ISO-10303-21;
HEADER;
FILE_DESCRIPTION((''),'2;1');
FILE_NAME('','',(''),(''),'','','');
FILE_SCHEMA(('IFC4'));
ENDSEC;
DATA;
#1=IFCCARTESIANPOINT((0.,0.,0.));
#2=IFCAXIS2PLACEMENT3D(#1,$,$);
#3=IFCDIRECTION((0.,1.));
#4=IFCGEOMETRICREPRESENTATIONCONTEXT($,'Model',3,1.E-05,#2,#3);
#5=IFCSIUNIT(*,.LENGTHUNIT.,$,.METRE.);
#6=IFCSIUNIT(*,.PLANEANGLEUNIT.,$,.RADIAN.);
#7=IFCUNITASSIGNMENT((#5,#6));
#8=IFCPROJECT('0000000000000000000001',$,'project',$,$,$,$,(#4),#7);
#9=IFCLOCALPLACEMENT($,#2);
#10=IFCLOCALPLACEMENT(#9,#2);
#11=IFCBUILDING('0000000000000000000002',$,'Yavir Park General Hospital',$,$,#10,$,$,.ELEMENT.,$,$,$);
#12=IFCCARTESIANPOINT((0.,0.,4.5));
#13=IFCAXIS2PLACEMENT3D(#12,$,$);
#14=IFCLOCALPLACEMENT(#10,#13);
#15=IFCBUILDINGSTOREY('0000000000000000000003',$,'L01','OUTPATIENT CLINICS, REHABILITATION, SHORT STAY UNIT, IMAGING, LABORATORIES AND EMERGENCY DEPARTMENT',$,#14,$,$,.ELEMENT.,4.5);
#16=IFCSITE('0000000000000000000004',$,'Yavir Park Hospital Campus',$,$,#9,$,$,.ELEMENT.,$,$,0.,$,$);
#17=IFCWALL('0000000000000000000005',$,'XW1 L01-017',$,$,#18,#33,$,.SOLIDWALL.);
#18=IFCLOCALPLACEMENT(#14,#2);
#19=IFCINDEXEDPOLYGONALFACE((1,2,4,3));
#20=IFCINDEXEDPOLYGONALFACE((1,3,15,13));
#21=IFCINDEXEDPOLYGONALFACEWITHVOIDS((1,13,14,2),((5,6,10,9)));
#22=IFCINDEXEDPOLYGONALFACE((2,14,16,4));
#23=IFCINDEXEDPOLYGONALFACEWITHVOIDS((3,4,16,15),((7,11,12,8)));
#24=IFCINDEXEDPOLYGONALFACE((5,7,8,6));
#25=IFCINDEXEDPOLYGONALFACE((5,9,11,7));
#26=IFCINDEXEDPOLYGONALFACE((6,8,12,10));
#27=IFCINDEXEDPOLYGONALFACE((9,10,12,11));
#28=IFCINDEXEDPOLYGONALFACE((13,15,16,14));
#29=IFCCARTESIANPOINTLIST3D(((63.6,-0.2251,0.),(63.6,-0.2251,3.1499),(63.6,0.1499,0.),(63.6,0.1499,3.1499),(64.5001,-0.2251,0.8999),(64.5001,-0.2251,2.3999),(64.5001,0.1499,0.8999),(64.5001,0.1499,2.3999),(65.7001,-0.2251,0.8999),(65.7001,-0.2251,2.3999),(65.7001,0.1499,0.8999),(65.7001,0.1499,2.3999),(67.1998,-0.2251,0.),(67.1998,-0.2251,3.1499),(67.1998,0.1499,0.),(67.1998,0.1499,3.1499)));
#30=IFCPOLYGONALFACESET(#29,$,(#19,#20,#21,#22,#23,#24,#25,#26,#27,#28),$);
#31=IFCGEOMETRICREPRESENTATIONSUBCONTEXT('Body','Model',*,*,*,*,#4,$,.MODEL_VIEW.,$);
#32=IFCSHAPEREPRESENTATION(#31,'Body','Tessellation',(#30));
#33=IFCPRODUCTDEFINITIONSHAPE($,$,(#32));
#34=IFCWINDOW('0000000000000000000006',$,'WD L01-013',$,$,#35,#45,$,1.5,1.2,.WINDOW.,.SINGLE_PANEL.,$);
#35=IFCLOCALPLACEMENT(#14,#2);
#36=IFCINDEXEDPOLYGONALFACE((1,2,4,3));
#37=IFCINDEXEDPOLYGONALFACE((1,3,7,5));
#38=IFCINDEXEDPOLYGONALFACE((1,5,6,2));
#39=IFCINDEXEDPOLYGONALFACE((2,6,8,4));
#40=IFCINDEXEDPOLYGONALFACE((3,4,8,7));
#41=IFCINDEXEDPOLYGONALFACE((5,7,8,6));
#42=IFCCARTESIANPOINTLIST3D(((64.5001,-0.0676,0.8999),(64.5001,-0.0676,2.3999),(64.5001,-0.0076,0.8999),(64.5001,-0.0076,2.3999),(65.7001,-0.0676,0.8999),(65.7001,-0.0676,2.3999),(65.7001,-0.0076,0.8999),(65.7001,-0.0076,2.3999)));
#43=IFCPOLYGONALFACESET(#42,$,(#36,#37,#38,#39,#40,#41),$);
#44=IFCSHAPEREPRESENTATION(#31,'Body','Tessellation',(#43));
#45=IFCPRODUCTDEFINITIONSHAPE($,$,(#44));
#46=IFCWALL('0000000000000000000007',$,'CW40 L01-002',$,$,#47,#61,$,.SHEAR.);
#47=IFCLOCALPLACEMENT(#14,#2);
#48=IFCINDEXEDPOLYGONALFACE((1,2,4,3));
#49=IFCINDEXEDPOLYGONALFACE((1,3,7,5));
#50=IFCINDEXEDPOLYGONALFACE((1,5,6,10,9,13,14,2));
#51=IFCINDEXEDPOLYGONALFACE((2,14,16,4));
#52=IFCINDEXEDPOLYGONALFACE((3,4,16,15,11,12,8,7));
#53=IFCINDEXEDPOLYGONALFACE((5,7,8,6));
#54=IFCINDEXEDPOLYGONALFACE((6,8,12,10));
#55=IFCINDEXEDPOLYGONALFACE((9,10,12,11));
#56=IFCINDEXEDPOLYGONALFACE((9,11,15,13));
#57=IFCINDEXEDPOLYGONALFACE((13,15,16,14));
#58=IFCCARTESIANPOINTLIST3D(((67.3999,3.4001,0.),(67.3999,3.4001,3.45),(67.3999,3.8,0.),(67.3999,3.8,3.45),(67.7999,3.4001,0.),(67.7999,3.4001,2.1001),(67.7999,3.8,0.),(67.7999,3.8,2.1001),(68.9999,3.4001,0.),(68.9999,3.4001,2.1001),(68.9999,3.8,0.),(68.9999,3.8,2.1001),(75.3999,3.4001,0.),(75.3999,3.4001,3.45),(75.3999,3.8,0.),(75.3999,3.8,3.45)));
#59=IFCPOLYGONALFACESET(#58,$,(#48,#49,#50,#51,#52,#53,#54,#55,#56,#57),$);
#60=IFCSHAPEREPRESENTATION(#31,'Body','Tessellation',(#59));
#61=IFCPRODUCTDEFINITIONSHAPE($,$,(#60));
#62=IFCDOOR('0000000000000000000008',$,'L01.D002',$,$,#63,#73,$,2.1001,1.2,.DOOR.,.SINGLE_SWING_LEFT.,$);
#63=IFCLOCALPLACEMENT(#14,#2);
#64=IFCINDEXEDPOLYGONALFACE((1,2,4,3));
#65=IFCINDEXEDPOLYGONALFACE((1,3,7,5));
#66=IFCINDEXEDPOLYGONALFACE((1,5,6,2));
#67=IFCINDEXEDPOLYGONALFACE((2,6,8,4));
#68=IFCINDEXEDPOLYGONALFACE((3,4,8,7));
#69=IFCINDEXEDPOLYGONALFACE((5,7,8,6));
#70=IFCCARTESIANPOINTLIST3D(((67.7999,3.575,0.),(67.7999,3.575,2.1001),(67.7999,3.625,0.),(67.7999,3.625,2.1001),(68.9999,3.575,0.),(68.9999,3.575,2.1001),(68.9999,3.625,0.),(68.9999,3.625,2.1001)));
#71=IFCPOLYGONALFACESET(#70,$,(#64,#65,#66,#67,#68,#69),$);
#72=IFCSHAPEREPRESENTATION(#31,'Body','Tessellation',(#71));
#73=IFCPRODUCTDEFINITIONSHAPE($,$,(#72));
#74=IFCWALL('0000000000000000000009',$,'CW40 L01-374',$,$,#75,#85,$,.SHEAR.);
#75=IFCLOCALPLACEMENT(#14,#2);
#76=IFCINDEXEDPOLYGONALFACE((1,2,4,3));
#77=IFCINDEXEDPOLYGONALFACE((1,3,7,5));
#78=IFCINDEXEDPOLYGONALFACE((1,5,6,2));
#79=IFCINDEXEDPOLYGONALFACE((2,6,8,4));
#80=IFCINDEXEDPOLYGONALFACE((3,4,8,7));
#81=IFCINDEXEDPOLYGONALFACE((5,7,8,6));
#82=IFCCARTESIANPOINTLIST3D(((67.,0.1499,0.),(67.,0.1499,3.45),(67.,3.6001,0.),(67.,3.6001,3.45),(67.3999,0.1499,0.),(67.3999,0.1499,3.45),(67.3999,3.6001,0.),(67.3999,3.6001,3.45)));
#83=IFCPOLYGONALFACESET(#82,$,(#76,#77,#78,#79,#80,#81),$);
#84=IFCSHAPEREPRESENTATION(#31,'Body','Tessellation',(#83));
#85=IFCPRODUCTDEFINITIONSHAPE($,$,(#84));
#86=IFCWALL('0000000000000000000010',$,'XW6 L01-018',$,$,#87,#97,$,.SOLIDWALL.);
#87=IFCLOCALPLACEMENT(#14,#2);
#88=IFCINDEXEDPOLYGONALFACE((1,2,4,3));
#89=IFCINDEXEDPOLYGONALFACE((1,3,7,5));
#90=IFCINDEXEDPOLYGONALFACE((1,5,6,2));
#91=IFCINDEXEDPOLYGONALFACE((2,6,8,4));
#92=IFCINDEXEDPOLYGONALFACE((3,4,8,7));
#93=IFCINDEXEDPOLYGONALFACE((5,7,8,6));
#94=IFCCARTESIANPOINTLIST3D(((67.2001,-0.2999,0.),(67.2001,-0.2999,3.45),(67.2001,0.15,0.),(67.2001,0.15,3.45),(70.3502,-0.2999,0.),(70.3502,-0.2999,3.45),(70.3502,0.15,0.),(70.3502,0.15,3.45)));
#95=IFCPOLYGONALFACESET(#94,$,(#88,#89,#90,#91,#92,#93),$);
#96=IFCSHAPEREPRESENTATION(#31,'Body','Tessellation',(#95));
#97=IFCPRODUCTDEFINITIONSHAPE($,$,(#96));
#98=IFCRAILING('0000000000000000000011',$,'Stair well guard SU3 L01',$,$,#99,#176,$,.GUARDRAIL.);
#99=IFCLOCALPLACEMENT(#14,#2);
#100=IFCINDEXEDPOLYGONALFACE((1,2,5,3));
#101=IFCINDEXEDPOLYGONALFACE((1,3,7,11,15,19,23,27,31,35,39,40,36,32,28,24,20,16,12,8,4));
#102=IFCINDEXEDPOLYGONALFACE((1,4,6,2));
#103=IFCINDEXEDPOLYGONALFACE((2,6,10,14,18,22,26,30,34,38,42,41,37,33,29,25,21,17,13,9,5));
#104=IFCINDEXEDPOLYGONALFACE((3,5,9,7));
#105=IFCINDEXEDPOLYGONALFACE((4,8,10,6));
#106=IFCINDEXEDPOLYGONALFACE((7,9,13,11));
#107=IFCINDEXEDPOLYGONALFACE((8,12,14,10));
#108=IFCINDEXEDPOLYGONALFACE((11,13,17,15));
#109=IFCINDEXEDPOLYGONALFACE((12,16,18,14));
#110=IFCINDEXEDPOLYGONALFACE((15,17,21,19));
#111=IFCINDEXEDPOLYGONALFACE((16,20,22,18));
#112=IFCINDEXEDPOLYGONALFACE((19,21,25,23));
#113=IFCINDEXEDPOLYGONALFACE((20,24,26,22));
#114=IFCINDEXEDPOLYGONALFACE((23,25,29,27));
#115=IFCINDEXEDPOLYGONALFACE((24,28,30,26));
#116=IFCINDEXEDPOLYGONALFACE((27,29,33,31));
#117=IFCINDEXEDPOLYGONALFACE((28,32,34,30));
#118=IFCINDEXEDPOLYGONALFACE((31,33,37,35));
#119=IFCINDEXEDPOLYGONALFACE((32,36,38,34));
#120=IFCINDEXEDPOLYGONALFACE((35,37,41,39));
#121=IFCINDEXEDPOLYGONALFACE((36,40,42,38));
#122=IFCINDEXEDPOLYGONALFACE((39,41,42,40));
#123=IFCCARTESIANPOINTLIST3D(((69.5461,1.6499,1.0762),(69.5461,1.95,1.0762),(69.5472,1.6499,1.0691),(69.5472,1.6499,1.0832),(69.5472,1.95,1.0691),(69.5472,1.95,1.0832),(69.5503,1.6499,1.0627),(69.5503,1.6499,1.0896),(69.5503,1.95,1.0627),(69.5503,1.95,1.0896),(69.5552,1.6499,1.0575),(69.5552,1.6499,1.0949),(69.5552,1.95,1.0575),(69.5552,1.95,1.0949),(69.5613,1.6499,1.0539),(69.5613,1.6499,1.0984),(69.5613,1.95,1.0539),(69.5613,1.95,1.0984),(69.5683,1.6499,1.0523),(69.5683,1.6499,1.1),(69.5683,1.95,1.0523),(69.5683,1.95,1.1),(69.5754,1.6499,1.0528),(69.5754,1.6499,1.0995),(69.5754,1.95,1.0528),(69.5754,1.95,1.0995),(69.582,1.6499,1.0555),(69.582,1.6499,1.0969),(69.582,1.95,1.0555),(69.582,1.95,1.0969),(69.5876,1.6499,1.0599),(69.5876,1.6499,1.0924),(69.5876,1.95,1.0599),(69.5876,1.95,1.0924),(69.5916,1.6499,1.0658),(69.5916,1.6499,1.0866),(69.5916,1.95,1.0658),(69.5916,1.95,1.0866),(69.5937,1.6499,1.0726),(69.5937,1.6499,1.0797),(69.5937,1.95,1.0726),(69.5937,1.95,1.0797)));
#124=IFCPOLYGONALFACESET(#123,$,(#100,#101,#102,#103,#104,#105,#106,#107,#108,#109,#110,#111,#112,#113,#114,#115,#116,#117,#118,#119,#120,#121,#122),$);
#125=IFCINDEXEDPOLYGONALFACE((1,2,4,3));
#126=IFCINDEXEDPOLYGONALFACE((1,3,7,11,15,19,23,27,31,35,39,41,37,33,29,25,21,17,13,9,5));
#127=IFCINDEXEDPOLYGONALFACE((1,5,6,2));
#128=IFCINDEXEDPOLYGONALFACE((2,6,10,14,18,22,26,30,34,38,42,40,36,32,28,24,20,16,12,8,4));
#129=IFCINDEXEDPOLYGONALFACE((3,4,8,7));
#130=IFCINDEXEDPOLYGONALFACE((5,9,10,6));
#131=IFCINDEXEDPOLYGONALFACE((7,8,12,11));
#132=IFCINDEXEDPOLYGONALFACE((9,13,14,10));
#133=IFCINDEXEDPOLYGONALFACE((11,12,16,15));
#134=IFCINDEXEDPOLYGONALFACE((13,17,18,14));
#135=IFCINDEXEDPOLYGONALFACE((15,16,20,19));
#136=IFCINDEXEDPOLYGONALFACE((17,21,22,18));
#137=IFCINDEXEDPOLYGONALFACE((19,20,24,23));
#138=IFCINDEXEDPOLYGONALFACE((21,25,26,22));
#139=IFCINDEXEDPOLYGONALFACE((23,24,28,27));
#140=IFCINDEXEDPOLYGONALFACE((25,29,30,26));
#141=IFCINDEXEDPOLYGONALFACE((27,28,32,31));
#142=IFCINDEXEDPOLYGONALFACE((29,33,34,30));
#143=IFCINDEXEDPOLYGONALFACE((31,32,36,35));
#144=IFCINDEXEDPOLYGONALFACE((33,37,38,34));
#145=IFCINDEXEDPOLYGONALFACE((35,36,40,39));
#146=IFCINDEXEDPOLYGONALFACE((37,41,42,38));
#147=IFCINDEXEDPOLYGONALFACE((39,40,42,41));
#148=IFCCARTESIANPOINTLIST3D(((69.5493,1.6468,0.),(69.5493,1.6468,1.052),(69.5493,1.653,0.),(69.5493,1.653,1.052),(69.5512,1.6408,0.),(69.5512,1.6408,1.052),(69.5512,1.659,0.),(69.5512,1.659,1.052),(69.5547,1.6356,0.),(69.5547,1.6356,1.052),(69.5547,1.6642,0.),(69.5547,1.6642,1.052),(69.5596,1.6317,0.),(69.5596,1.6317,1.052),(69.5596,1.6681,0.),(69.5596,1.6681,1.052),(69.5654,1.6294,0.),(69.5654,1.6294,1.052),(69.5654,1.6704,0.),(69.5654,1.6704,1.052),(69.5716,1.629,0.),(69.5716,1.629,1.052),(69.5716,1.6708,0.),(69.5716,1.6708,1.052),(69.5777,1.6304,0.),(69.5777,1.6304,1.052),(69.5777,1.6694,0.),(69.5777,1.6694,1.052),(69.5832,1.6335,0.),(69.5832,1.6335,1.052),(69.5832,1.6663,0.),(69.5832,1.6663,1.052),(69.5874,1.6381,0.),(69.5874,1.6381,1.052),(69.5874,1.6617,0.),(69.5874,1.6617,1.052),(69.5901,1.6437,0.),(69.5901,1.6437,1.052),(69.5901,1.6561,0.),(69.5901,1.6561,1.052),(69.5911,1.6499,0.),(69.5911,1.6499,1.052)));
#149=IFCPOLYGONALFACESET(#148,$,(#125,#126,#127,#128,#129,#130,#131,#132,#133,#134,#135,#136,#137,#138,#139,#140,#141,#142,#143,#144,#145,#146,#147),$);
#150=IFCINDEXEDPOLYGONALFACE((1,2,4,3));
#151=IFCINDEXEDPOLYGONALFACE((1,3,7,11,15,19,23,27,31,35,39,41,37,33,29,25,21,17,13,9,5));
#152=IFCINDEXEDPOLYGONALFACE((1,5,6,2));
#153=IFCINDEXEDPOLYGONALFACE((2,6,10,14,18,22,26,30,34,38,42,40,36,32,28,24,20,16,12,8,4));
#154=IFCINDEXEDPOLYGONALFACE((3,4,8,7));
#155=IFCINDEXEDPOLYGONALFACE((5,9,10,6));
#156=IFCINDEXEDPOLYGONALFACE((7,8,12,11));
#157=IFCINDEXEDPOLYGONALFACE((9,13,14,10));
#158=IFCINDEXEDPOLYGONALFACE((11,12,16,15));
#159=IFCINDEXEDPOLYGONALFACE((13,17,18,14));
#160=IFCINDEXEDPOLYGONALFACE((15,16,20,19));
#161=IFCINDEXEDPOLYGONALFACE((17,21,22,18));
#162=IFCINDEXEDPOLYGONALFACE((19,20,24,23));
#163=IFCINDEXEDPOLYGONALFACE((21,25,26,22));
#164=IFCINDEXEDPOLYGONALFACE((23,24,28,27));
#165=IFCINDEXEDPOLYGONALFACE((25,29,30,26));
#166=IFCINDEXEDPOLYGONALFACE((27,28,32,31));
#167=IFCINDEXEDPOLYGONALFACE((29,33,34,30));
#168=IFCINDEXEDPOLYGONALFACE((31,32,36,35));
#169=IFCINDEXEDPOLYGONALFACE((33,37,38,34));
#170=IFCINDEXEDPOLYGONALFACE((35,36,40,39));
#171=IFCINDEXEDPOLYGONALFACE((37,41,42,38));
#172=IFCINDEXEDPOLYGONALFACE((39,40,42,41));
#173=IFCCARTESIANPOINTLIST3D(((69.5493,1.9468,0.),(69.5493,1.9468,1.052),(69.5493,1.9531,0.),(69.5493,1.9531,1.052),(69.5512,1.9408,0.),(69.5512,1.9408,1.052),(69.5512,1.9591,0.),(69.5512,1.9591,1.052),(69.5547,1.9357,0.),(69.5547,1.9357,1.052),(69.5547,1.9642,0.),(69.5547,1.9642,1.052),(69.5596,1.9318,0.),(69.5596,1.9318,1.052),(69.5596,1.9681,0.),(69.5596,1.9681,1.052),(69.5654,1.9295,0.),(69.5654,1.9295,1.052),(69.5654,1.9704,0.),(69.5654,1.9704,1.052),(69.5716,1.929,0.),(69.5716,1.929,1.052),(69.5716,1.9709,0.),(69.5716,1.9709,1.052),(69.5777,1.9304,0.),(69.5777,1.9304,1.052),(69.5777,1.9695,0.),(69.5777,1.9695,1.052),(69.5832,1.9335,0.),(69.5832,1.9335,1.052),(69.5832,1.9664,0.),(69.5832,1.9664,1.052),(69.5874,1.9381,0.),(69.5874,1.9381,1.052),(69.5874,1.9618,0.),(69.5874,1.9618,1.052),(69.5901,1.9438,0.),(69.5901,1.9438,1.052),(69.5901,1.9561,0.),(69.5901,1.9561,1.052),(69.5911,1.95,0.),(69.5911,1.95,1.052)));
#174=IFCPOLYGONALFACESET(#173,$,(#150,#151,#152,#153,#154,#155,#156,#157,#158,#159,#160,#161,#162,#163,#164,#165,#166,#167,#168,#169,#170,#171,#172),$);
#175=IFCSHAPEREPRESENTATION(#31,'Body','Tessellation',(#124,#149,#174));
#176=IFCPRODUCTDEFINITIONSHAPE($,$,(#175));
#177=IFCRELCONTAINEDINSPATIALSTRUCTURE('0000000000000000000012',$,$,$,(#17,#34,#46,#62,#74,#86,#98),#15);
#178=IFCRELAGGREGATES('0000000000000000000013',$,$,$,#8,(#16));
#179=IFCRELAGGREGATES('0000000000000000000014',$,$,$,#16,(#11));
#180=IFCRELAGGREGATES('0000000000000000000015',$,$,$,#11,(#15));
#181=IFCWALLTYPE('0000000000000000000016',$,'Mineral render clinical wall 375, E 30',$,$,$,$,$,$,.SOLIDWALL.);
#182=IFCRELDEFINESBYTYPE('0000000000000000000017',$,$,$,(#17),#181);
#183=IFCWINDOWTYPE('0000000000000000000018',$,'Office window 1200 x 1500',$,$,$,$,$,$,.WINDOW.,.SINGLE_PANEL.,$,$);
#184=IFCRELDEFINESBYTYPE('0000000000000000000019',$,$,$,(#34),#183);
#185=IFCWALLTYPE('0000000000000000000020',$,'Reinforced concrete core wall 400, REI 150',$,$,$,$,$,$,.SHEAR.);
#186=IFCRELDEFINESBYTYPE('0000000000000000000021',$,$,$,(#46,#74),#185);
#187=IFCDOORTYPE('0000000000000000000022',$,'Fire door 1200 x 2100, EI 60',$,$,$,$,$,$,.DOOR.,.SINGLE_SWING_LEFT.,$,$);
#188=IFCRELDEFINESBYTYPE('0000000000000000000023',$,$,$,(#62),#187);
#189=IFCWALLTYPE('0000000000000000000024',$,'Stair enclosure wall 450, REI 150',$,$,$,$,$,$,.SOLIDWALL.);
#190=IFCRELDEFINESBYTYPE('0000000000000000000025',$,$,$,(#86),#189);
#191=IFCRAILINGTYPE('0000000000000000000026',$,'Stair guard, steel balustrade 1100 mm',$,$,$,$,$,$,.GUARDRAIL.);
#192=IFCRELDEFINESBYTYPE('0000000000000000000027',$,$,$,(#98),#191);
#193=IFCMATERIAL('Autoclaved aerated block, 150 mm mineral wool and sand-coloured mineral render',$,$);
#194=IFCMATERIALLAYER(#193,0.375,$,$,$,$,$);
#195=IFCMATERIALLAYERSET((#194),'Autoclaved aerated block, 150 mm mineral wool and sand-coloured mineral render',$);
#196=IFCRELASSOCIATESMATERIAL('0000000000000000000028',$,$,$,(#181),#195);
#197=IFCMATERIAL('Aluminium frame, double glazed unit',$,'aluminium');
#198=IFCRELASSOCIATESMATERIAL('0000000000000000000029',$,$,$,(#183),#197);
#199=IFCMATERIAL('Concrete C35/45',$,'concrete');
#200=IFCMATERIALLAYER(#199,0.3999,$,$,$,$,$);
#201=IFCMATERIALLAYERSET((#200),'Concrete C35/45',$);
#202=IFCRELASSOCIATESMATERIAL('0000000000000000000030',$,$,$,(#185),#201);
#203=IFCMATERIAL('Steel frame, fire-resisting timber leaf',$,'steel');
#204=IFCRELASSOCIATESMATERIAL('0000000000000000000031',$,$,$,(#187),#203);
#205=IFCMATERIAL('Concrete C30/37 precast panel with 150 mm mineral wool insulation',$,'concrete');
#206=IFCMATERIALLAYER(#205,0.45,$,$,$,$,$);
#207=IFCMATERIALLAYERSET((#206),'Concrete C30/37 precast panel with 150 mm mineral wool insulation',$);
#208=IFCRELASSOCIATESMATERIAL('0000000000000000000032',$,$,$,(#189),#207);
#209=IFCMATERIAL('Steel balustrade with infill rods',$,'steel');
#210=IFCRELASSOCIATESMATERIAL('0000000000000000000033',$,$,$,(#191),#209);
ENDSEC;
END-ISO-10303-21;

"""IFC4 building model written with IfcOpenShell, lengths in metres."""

from ifc_helpers import new_model, si_unit, direction, frame, frame_2d, origin, origin_2d, place, context, subcontext, project, spatial, rectangle, circle, extrude, material, layer, layer_set, type_object, element, fill, save


model = new_model("IFC4")

# Units and contexts
model_context = context("Model", 3, precision=1e-05, world=origin(), true_north=direction((0.0, 1.0)))
body_context = subcontext(model_context, "Body", "Model", "MODEL_VIEW")
ifc_project = project(units=[si_unit("LENGTHUNIT", "METRE"), si_unit("PLANEANGLEUNIT", "RADIAN")], contexts=[model_context])

# Site, building, storey
site_placement = place(None, origin())
site = spatial("IfcSite", under=ifc_project, at=site_placement, Name="Yavir Park Hospital Campus", CompositionType="ELEMENT", RefElevation=0.0)
building_placement = place(site_placement, origin())
building = spatial("IfcBuilding", under=site, at=building_placement, Name="Yavir Park General Hospital", CompositionType="ELEMENT")
storey_placement = place(building_placement, frame((0.0, 0.0, 4.5)))
storey = spatial("IfcBuildingStorey", under=building, at=storey_placement, Name="L01", Description="OUTPATIENT CLINICS, REHABILITATION, SHORT STAY UNIT, IMAGING, LABORATORIES AND EMERGENCY DEPARTMENT", CompositionType="ELEMENT", Elevation=4.5)

# Wall, opening, window
ifc_material_1 = material(Name="Autoclaved aerated block, 150 mm mineral wool and sand-coloured mineral render")
ifc_layer_1 = layer(ifc_material_1, 0.375)
ifc_layer_set_1 = layer_set([ifc_layer_1], Name="Autoclaved aerated block, 150 mm mineral wool and sand-coloured mineral render")
wall_type_1 = type_object("IfcWallType", Name="Mineral render clinical wall 375, E 30", PredefinedType="SOLIDWALL", material=ifc_layer_set_1)
ifc_material_2 = material(Name="Aluminium frame, double glazed unit", Category="aluminium")
window_type_1 = type_object("IfcWindowType", Name="Office window 1200 x 1500", PartitioningType="SINGLE_PANEL", PredefinedType="WINDOW", material=ifc_material_2)
wall_1_placement = place(storey_placement, frame((63.6001, -0.0376, 0.0), z_axis=(0.0, 0.0, 1.0), x_axis=(1.0, 0.0, 0.0)))
wall_1 = element("IfcWall", 1, at=wall_1_placement, inside=storey, type_object=wall_type_1, Name="XW1 L01-017", PredefinedType="SOLIDWALL", context=body_context, shape_type="SweptSolid", body=[
    extrude(rectangle(XDim=3.5999, YDim=0.375, at=frame_2d((1.7998, 0.0))), origin(), (0.0, 0.0, 1.0), 3.1499),
])
opening_1_placement = place(wall_1_placement, frame((0.8999, 0.0, 0.8999)))
opening_1 = element("IfcOpeningElement", 2, at=opening_1_placement, cuts=wall_1, PredefinedType="OPENING", context=body_context, shape_type="SweptSolid", body=[
    extrude(rectangle(XDim=1.2, YDim=1.5, at=frame_2d((0.6001, 0.75))), frame((0.0, 0.1975, 0.0), z_axis=(0.0, -1.0, 0.0), x_axis=(1.0, 0.0, 0.0)), (0.0, 0.0, 1.0), 0.395),
])
window_1_placement = place(opening_1_placement, origin())
window_1 = element("IfcWindow", 3, at=window_1_placement, inside=storey, type_object=window_type_1, Name="WD L01-013", OverallHeight=1.5, OverallWidth=1.2, PartitioningType="SINGLE_PANEL", PredefinedType="WINDOW", context=body_context, shape_type="SweptSolid", body=[
    extrude(rectangle(XDim=1.2, YDim=1.5, at=frame_2d((0.6001, 0.75))), frame((0.0, 0.03, 0.0), z_axis=(0.0, -1.0, 0.0), x_axis=(1.0, 0.0, 0.0)), (0.0, 0.0, 1.0), 0.0601),
])
fill(opening_1, window_1)

# Wall, opening, door
ifc_material_3 = material(Name="Concrete C35/45", Category="concrete")
ifc_layer_2 = layer(ifc_material_3, 0.3999)
ifc_layer_set_2 = layer_set([ifc_layer_2], Name="Concrete C35/45")
wall_type_2 = type_object("IfcWallType", Name="Reinforced concrete core wall 400, REI 150", PredefinedType="SHEAR", material=ifc_layer_set_2)
wall_2_placement = place(storey_placement, frame((67.3999, 3.6001, 0.0), z_axis=(0.0, 0.0, 1.0), x_axis=(1.0, 0.0, 0.0)))
wall_2 = element("IfcWall", 4, at=wall_2_placement, inside=storey, type_object=wall_type_2, Name="CW40 L01-002", PredefinedType="SHEAR", context=body_context, shape_type="SweptSolid", body=[
    extrude(rectangle(XDim=8.0, YDim=0.3999, at=frame_2d((4.0, 0.0))), origin(), (0.0, 0.0, 1.0), 3.45),
])
opening_2_placement = place(wall_2_placement, frame((0.3999, 0.0, 0.0)))
opening_2 = element("IfcOpeningElement", 5, at=opening_2_placement, cuts=wall_2, PredefinedType="OPENING", context=body_context, shape_type="SweptSolid", body=[
    extrude(rectangle(XDim=1.2, YDim=2.1001, at=frame_2d((0.6001, 1.05))), frame((0.0, 0.21, 0.0), z_axis=(0.0, -1.0, 0.0), x_axis=(1.0, 0.0, 0.0)), (0.0, 0.0, 1.0), 0.4199),
])
ifc_material_4 = material(Name="Steel frame, fire-resisting timber leaf", Category="steel")
door_type_1 = type_object("IfcDoorType", Name="Fire door 1200 x 2100, EI 60", OperationType="SINGLE_SWING_LEFT", PredefinedType="DOOR", material=ifc_material_4)
door_1_placement = place(opening_2_placement, origin())
door_1 = element("IfcDoor", 6, at=door_1_placement, inside=storey, type_object=door_type_1, Name="L01.D002", OperationType="SINGLE_SWING_LEFT", OverallHeight=2.1001, OverallWidth=1.2, PredefinedType="DOOR", context=body_context, shape_type="SweptSolid", body=[
    extrude(rectangle(XDim=1.2, YDim=2.1001, at=frame_2d((0.6001, 1.05))), frame((0.0, 0.0249, 0.0), z_axis=(0.0, -1.0, 0.0), x_axis=(1.0, 0.0, 0.0)), (0.0, 0.0, 1.0), 0.05),
])
fill(opening_2, door_1)

# Walls
wall_3_placement = place(storey_placement, frame((67.2, 0.1499, 0.0), z_axis=(0.0, 0.0, 1.0), x_axis=(0.0, 1.0, 0.0)))
element("IfcWall", 7, at=wall_3_placement, inside=storey, type_object=wall_type_2, Name="CW40 L01-374", PredefinedType="SHEAR", context=body_context, shape_type="SweptSolid", body=[
    extrude(rectangle(XDim=3.4502, YDim=0.3999, at=frame_2d((1.7251, 0.0))), origin(), (0.0, 0.0, 1.0), 3.45),
])
ifc_material_5 = material(Name="Concrete C30/37 precast panel with 150 mm mineral wool insulation", Category="concrete")
ifc_layer_3 = layer(ifc_material_5, 0.45)
ifc_layer_set_3 = layer_set([ifc_layer_3], Name="Concrete C30/37 precast panel with 150 mm mineral wool insulation")
wall_type_3 = type_object("IfcWallType", Name="Stair enclosure wall 450, REI 150", PredefinedType="SOLIDWALL", material=ifc_layer_set_3)
wall_4_placement = place(storey_placement, frame((67.2, -0.075, 0.0), z_axis=(0.0, 0.0, 1.0), x_axis=(1.0, 0.0, 0.0)))
element("IfcWall", 8, at=wall_4_placement, inside=storey, type_object=wall_type_3, Name="XW6 L01-018", PredefinedType="SOLIDWALL", context=body_context, shape_type="SweptSolid", body=[
    extrude(rectangle(XDim=3.1501, YDim=0.45, at=frame_2d((1.5752, 0.0))), origin(), (0.0, 0.0, 1.0), 3.45),
])

# Railing
ifc_material_6 = material(Name="Steel balustrade with infill rods", Category="steel")
railing_type = type_object("IfcRailingType", Name="Stair guard, steel balustrade 1100 mm", PredefinedType="GUARDRAIL", material=ifc_material_6)
railing_placement = place(storey_placement, frame((69.5701, 1.6499, 0.0)))
element("IfcRailing", 9, at=railing_placement, inside=storey, type_object=railing_type, Name="Stair well guard SU3 L01", PredefinedType="GUARDRAIL", context=body_context, shape_type="SweptSolid", body=[
    extrude(circle(Radius=0.0239, at=origin_2d()), frame((0.0, 0.0, 1.0762), z_axis=(0.0, 1.0, 0.0), x_axis=(-1.0, 0.0, 0.0)), (0.0, 0.0, 1.0), 0.3),
    extrude(circle(Radius=0.021, at=origin_2d()), origin(), (0.0, 0.0, 1.0), 1.052),
    extrude(circle(Radius=0.021, at=origin_2d()), frame((0.0, 0.3, 0.0)), (0.0, 0.0, 1.0), 1.052),
])

save(model, "model.ifc")
